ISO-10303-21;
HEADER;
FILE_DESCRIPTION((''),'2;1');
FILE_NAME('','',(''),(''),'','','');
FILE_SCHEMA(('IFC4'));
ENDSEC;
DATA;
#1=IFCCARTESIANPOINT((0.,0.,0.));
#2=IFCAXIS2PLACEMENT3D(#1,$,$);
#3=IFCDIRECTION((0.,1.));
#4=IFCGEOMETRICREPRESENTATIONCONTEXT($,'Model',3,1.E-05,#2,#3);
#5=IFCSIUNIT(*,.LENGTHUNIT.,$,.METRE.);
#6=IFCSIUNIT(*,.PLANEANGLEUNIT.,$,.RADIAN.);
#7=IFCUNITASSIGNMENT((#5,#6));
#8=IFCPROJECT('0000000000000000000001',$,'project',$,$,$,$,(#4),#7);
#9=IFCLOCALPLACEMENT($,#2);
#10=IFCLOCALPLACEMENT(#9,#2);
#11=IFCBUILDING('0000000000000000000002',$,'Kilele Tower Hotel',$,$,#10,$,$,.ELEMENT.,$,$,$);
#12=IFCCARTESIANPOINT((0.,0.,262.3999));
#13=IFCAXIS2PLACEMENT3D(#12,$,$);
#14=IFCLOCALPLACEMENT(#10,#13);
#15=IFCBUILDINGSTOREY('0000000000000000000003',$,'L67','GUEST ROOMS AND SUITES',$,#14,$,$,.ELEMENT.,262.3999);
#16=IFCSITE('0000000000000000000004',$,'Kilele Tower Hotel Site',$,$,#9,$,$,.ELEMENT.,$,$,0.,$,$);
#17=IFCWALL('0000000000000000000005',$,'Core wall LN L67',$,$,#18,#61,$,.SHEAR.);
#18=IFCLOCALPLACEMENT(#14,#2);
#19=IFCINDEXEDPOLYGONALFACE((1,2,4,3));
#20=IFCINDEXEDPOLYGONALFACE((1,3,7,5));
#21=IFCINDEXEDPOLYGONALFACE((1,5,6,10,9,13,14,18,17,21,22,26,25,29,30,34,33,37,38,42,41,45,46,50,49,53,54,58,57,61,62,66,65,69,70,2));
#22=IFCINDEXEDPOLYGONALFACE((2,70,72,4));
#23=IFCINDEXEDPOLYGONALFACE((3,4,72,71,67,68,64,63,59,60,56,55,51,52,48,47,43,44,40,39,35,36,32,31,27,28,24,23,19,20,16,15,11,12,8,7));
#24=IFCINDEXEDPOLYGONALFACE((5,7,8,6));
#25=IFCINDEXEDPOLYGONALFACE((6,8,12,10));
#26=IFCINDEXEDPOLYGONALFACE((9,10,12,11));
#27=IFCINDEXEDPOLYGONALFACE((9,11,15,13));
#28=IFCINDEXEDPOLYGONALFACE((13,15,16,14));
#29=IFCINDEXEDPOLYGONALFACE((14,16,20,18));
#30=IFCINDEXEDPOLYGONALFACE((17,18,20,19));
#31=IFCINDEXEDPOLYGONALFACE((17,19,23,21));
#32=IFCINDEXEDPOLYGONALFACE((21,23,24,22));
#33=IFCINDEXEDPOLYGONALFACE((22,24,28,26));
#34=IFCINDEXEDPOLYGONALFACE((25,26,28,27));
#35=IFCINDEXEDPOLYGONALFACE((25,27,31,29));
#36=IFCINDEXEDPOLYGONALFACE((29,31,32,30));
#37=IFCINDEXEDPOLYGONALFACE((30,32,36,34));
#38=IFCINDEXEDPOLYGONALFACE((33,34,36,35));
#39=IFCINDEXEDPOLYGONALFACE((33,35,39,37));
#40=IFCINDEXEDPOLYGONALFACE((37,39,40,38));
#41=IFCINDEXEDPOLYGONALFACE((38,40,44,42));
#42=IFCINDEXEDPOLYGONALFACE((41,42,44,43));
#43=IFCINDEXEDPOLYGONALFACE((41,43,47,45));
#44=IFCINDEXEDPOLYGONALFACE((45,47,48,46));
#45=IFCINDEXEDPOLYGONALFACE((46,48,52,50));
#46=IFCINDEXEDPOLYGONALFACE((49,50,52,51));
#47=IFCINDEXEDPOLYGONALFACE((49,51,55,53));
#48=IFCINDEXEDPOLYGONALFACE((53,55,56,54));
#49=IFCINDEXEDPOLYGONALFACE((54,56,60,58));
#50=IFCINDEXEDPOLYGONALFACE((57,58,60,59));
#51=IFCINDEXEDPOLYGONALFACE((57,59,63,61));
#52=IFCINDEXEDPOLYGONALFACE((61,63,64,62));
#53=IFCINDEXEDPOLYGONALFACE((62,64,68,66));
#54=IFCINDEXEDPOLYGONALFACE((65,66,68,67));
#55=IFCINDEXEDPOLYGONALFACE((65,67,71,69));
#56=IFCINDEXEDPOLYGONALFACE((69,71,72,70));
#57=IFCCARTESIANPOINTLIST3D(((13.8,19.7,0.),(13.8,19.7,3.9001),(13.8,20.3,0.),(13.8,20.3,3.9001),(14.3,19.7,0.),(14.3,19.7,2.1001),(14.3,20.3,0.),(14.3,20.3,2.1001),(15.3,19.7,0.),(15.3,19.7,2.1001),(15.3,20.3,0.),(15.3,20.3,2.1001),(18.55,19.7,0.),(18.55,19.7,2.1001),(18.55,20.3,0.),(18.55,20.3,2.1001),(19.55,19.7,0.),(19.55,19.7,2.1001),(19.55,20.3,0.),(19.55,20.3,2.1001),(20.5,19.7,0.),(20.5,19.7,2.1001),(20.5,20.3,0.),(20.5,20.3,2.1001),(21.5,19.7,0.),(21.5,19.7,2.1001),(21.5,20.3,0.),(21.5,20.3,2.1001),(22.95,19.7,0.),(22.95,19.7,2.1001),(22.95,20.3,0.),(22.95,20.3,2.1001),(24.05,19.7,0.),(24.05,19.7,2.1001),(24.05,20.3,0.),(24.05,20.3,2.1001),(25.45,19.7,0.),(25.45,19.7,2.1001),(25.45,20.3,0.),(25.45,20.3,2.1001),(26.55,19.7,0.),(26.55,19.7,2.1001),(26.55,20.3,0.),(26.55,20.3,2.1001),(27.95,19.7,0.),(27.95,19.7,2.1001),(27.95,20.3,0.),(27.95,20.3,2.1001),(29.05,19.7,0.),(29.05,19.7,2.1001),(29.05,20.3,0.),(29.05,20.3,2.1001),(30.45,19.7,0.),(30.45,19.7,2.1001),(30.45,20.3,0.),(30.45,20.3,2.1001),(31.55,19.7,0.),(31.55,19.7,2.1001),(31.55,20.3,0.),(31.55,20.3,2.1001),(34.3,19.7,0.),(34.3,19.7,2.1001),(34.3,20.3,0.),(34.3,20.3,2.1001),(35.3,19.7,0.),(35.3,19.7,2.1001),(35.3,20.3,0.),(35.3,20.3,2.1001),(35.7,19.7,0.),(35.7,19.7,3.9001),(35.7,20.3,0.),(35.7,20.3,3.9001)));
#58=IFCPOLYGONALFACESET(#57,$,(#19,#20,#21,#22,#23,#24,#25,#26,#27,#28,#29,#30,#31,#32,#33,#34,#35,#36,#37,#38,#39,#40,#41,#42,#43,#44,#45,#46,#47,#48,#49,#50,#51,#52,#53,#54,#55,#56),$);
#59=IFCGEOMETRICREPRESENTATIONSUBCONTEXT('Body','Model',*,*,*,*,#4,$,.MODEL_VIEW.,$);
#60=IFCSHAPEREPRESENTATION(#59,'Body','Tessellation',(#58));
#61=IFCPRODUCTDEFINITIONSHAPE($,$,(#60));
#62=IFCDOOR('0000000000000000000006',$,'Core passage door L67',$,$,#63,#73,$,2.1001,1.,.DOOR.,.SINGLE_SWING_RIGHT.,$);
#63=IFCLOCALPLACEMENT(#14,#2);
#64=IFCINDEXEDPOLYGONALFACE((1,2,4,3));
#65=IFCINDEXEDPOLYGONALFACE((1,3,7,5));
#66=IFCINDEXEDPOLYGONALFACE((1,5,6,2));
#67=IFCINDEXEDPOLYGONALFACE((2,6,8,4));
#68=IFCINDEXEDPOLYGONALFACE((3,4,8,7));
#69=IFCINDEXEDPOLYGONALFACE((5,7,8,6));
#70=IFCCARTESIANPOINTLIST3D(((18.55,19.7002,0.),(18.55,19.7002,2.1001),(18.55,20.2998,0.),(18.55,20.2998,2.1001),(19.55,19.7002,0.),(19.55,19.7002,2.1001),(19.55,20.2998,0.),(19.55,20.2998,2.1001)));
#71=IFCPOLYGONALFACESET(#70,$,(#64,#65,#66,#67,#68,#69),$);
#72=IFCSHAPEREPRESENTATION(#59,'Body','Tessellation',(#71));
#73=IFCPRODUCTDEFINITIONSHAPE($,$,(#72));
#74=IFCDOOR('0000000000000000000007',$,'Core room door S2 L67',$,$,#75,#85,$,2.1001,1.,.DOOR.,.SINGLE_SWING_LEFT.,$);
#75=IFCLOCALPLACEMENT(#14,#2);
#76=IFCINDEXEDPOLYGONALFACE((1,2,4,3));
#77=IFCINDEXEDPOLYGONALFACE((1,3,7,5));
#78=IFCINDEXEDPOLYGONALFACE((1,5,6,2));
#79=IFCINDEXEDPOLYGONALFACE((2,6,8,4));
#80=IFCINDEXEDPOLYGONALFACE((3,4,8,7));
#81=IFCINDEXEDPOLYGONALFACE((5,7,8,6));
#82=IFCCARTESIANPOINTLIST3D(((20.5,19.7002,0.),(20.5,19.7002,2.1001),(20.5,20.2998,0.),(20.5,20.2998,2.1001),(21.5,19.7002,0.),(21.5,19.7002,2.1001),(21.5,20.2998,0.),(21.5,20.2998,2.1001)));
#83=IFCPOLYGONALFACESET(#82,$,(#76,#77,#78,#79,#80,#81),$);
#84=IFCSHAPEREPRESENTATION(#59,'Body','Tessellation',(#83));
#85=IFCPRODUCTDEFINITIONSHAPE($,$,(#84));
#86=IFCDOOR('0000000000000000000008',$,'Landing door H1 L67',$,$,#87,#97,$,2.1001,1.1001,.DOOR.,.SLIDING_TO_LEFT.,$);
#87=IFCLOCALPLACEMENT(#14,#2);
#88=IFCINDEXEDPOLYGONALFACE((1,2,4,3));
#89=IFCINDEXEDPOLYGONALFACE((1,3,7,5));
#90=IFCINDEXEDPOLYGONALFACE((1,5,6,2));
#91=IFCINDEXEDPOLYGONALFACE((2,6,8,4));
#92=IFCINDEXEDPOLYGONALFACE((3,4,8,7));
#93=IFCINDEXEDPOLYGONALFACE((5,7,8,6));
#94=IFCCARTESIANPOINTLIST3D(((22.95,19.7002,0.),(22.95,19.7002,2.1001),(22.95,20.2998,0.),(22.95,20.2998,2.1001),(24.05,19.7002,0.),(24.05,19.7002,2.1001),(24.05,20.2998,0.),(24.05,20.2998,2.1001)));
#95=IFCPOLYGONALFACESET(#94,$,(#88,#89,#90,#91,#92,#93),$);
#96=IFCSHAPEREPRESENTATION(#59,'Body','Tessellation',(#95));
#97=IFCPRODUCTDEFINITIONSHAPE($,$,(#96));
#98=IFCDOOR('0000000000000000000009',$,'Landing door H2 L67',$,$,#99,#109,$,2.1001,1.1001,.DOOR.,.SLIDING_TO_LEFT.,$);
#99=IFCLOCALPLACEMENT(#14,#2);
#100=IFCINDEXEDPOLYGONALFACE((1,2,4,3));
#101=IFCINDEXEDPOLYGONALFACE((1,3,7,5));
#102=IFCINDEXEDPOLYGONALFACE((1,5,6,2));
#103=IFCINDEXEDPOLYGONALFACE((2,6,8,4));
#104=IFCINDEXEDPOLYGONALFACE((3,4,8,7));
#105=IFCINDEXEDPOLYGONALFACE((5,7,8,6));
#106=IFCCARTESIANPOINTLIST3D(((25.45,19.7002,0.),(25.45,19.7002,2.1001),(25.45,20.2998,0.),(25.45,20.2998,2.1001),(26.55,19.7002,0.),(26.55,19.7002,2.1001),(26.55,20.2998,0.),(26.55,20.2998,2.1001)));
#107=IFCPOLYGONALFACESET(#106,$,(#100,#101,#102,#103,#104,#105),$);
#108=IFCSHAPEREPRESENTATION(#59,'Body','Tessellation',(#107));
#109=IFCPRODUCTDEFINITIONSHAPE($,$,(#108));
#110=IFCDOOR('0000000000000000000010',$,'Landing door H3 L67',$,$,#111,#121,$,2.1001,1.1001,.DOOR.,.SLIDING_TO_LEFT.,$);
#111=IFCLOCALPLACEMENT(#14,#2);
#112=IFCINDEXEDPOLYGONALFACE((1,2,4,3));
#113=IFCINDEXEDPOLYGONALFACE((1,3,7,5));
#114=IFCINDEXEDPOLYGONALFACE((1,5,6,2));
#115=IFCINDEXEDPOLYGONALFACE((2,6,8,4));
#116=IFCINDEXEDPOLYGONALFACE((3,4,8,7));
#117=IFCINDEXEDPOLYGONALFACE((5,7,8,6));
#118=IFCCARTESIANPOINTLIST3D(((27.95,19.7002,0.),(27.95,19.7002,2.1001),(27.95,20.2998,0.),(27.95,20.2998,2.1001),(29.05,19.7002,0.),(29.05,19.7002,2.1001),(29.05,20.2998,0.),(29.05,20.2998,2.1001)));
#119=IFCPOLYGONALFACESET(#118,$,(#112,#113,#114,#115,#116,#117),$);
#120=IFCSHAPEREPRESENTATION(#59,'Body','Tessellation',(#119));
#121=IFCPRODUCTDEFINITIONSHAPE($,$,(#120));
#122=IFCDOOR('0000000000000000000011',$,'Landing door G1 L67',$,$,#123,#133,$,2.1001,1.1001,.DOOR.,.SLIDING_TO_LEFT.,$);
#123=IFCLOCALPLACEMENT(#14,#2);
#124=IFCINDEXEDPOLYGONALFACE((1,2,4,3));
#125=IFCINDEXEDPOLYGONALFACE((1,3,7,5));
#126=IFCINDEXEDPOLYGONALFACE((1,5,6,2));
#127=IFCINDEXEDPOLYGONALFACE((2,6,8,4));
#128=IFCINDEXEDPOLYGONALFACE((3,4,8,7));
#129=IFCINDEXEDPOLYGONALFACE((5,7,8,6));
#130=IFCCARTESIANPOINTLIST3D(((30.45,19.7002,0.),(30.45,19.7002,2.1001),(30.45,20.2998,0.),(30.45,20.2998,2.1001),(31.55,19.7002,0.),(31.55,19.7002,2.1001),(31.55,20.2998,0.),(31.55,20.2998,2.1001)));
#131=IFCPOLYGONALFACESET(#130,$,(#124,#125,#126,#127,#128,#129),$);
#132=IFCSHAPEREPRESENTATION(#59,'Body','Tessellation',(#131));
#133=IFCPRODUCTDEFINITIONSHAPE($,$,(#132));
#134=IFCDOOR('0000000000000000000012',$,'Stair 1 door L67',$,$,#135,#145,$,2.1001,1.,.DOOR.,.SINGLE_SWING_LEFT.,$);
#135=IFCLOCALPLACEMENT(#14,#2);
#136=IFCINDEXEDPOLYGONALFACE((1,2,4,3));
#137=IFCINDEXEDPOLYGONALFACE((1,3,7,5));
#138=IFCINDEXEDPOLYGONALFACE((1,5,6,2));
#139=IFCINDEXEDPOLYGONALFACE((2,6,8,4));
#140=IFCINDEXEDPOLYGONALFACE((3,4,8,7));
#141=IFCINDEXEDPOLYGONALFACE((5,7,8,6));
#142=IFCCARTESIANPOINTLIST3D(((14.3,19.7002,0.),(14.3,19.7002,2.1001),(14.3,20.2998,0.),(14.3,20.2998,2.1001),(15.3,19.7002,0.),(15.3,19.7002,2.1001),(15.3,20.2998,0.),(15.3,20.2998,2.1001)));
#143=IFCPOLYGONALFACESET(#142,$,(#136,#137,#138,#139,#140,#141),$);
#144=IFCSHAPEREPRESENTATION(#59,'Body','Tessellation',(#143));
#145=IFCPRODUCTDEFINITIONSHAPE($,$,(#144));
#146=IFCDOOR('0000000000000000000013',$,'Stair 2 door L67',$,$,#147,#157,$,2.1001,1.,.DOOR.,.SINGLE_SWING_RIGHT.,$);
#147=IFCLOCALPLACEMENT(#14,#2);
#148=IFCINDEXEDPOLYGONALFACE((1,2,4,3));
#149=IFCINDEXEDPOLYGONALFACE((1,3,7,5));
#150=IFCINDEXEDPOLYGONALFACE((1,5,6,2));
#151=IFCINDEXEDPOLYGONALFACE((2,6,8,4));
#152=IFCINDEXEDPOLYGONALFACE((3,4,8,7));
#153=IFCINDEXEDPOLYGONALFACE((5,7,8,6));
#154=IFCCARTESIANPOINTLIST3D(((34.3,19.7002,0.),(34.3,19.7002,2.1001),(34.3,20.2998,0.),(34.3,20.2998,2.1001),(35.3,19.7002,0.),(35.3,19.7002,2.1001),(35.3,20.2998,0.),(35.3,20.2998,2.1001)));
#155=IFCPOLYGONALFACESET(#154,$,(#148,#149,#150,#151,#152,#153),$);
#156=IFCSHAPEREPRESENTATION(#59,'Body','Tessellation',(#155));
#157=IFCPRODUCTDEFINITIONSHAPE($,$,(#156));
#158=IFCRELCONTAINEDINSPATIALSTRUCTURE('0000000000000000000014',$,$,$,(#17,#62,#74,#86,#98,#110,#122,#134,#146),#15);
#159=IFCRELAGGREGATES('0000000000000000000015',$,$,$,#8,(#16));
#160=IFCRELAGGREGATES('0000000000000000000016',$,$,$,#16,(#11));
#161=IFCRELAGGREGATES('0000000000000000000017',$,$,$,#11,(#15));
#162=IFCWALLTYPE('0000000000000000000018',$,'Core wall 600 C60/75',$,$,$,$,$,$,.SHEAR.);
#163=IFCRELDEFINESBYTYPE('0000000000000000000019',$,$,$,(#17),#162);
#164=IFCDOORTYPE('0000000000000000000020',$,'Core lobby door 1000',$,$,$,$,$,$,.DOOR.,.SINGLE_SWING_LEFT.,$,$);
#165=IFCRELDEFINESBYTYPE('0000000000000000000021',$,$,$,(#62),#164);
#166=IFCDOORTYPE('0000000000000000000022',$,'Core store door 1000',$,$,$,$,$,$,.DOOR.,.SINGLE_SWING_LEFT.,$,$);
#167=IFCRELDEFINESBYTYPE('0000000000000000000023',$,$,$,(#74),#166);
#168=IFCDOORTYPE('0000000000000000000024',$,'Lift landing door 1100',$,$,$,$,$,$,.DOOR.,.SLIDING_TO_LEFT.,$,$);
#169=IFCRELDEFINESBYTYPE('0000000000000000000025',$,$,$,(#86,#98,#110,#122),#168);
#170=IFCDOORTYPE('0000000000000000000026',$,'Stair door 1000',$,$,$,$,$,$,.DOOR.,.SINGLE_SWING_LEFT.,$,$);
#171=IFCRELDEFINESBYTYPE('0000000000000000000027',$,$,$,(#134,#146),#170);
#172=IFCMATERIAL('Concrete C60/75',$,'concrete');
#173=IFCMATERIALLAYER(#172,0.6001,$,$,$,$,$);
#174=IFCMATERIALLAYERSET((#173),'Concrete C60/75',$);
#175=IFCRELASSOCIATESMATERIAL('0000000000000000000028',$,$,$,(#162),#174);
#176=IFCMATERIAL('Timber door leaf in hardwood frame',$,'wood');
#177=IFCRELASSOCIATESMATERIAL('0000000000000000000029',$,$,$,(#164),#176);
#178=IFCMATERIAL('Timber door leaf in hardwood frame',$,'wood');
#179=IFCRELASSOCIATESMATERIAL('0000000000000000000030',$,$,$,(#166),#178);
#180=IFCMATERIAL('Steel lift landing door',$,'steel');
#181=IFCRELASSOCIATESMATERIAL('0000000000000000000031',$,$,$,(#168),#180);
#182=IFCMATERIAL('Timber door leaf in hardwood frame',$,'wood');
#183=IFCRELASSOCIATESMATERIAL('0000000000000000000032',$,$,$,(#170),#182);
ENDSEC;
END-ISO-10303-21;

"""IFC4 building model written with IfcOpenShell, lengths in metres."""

from ifc_helpers import new_model, si_unit, direction, frame, frame_2d, origin, place, context, subcontext, project, spatial, rectangle, extrude, material, layer, layer_set, type_object, element, fill, save


model = new_model("IFC4")

# Units and contexts
model_context = context("Model", 3, precision=1e-05, world=origin(), true_north=direction((0.0, 1.0)))
body_context = subcontext(model_context, "Body", "Model", "MODEL_VIEW")
ifc_project = project(units=[si_unit("LENGTHUNIT", "METRE"), si_unit("PLANEANGLEUNIT", "RADIAN")], contexts=[model_context])

# Site, building, storey
site_placement = place(None, origin())
site = spatial("IfcSite", under=ifc_project, at=site_placement, Name="Kilele Tower Hotel Site", CompositionType="ELEMENT", RefElevation=0.0)
building_placement = place(site_placement, origin())
building = spatial("IfcBuilding", under=site, at=building_placement, Name="Kilele Tower Hotel", CompositionType="ELEMENT")
storey_placement = place(building_placement, frame((0.0, 0.0, 262.3999)))
storey = spatial("IfcBuildingStorey", under=building, at=storey_placement, Name="L67", Description="GUEST ROOMS AND SUITES", CompositionType="ELEMENT", Elevation=262.3999)

# Wall, openings, doors
ifc_material_1 = material(Name="Concrete C60/75", Category="concrete")
ifc_layer_1 = layer(ifc_material_1, 0.6001)
ifc_layer_set_1 = layer_set([ifc_layer_1], Name="Concrete C60/75")
wall_type_1 = type_object("IfcWallType", Name="Core wall 600 C60/75", PredefinedType="SHEAR", material=ifc_layer_set_1)
wall_1_placement = place(storey_placement, frame((13.8, 20.0, 0.0), z_axis=(0.0, 0.0, 1.0), x_axis=(1.0, 0.0, 0.0)))
wall_1 = element("IfcWall", 1, at=wall_1_placement, inside=storey, type_object=wall_type_1, Name="Core wall LN L67", PredefinedType="SHEAR", context=body_context, shape_type="SweptSolid", body=[
    extrude(rectangle(XDim=21.8999, YDim=0.6001, at=frame_2d((10.95, 0.0))), origin(), (0.0, 0.0, 1.0), 3.9001),
])
opening_1_placement = place(wall_1_placement, frame((0.5, 0.0, 0.0)))
opening_1 = element("IfcOpeningElement", 2, at=opening_1_placement, cuts=wall_1, PredefinedType="OPENING", context=body_context, shape_type="SweptSolid", body=[
    extrude(rectangle(XDim=1.0, YDim=2.1001, at=frame_2d((0.5, 1.05))), frame((0.0, 0.3101, 0.0), z_axis=(0.0, -1.0, 0.0), x_axis=(1.0, 0.0, 0.0)), (0.0, 0.0, 1.0), 0.6201),
])
opening_2_placement = place(wall_1_placement, frame((20.5, 0.0, 0.0)))
opening_2 = element("IfcOpeningElement", 3, at=opening_2_placement, cuts=wall_1, PredefinedType="OPENING", context=body_context, shape_type="SweptSolid", body=[
    extrude(rectangle(XDim=1.0, YDim=2.1001, at=frame_2d((0.5, 1.05))), frame((0.0, 0.3101, 0.0), z_axis=(0.0, -1.0, 0.0), x_axis=(1.0, 0.0, 0.0)), (0.0, 0.0, 1.0), 0.6201),
])
opening_3_placement = place(wall_1_placement, frame((9.1499, 0.0, 0.0)))
opening_3 = element("IfcOpeningElement", 4, at=opening_3_placement, cuts=wall_1, PredefinedType="OPENING", context=body_context, shape_type="SweptSolid", body=[
    extrude(rectangle(XDim=1.1001, YDim=2.1001, at=frame_2d((0.55, 1.05))), frame((0.0, 0.3101, 0.0), z_axis=(0.0, -1.0, 0.0), x_axis=(1.0, 0.0, 0.0)), (0.0, 0.0, 1.0), 0.6201),
])
opening_4_placement = place(wall_1_placement, frame((11.6499, 0.0, 0.0)))
opening_4 = element("IfcOpeningElement", 5, at=opening_4_placement, cuts=wall_1, PredefinedType="OPENING", context=body_context, shape_type="SweptSolid", body=[
    extrude(rectangle(XDim=1.1001, YDim=2.1001, at=frame_2d((0.55, 1.05))), frame((0.0, 0.3101, 0.0), z_axis=(0.0, -1.0, 0.0), x_axis=(1.0, 0.0, 0.0)), (0.0, 0.0, 1.0), 0.6201),
])
opening_5_placement = place(wall_1_placement, frame((14.1499, 0.0, 0.0)))
opening_5 = element("IfcOpeningElement", 6, at=opening_5_placement, cuts=wall_1, PredefinedType="OPENING", context=body_context, shape_type="SweptSolid", body=[
    extrude(rectangle(XDim=1.1001, YDim=2.1001, at=frame_2d((0.55, 1.05))), frame((0.0, 0.3101, 0.0), z_axis=(0.0, -1.0, 0.0), x_axis=(1.0, 0.0, 0.0)), (0.0, 0.0, 1.0), 0.6201),
])
opening_6_placement = place(wall_1_placement, frame((16.6499, 0.0, 0.0)))
opening_6 = element("IfcOpeningElement", 7, at=opening_6_placement, cuts=wall_1, PredefinedType="OPENING", context=body_context, shape_type="SweptSolid", body=[
    extrude(rectangle(XDim=1.1001, YDim=2.1001, at=frame_2d((0.55, 1.05))), frame((0.0, 0.3101, 0.0), z_axis=(0.0, -1.0, 0.0), x_axis=(1.0, 0.0, 0.0)), (0.0, 0.0, 1.0), 0.6201),
])
opening_7_placement = place(wall_1_placement, frame((5.75, 0.0, 0.0), z_axis=(0.0, 0.0, 1.0), x_axis=(-1.0, 0.0, 0.0)))
opening_7 = element("IfcOpeningElement", 8, at=opening_7_placement, cuts=wall_1, PredefinedType="OPENING", context=body_context, shape_type="SweptSolid", body=[
    extrude(rectangle(XDim=1.0, YDim=2.1001, at=frame_2d((0.5, 1.05))), frame((0.0, 0.3101, 0.0), z_axis=(0.0, -1.0, 0.0), x_axis=(1.0, 0.0, 0.0)), (0.0, 0.0, 1.0), 0.6201),
])
opening_8_placement = place(wall_1_placement, frame((6.7, 0.0, 0.0)))
opening_8 = element("IfcOpeningElement", 9, at=opening_8_placement, cuts=wall_1, PredefinedType="OPENING", context=body_context, shape_type="SweptSolid", body=[
    extrude(rectangle(XDim=1.0, YDim=2.1001, at=frame_2d((0.5, 1.05))), frame((0.0, 0.3101, 0.0), z_axis=(0.0, -1.0, 0.0), x_axis=(1.0, 0.0, 0.0)), (0.0, 0.0, 1.0), 0.6201),
])
ifc_material_2 = material(Name="Timber door leaf in hardwood frame", Category="wood")
door_type_1 = type_object("IfcDoorType", Name="Core lobby door 1000", OperationType="SINGLE_SWING_LEFT", PredefinedType="DOOR", material=ifc_material_2)
door_1_placement = place(opening_7_placement, origin())
door_1 = element("IfcDoor", 10, at=door_1_placement, inside=storey, type_object=door_type_1, Name="Core passage door L67", OperationType="SINGLE_SWING_RIGHT", OverallHeight=2.1001, OverallWidth=1.0, PredefinedType="DOOR", context=body_context, shape_type="SweptSolid", body=[
    extrude(rectangle(XDim=1.0, YDim=2.1001, at=frame_2d((0.5, 1.05))), frame((0.0, 0.2998, 0.0), z_axis=(0.0, -1.0, 0.0), x_axis=(1.0, 0.0, 0.0)), (0.0, 0.0, 1.0), 0.5996),
])
fill(opening_7, door_1)
ifc_material_3 = material(Name="Timber door leaf in hardwood frame", Category="wood")
door_type_2 = type_object("IfcDoorType", Name="Core store door 1000", OperationType="SINGLE_SWING_LEFT", PredefinedType="DOOR", material=ifc_material_3)
door_2_placement = place(opening_8_placement, origin())
door_2 = element("IfcDoor", 11, at=door_2_placement, inside=storey, type_object=door_type_2, Name="Core room door S2 L67", OperationType="SINGLE_SWING_LEFT", OverallHeight=2.1001, OverallWidth=1.0, PredefinedType="DOOR", context=body_context, shape_type="SweptSolid", body=[
    extrude(rectangle(XDim=1.0, YDim=2.1001, at=frame_2d((0.5, 1.05))), frame((0.0, 0.2998, 0.0), z_axis=(0.0, -1.0, 0.0), x_axis=(1.0, 0.0, 0.0)), (0.0, 0.0, 1.0), 0.5996),
])
fill(opening_8, door_2)
ifc_material_4 = material(Name="Steel lift landing door", Category="steel")
door_type_3 = type_object("IfcDoorType", Name="Lift landing door 1100", OperationType="SLIDING_TO_LEFT", PredefinedType="DOOR", material=ifc_material_4)
door_3_placement = place(opening_3_placement, origin())
door_3 = element("IfcDoor", 12, at=door_3_placement, inside=storey, type_object=door_type_3, Name="Landing door H1 L67", OperationType="SLIDING_TO_LEFT", OverallHeight=2.1001, OverallWidth=1.1001, PredefinedType="DOOR", context=body_context, shape_type="SweptSolid", body=[
    extrude(rectangle(XDim=1.1001, YDim=2.1001, at=frame_2d((0.55, 1.05))), frame((0.0, 0.2998, 0.0), z_axis=(0.0, -1.0, 0.0), x_axis=(1.0, 0.0, 0.0)), (0.0, 0.0, 1.0), 0.5996),
])
fill(opening_3, door_3)
door_4_placement = place(opening_4_placement, origin())
door_4 = element("IfcDoor", 13, at=door_4_placement, inside=storey, type_object=door_type_3, Name="Landing door H2 L67", OperationType="SLIDING_TO_LEFT", OverallHeight=2.1001, OverallWidth=1.1001, PredefinedType="DOOR", context=body_context, shape_type="SweptSolid", body=[
    extrude(rectangle(XDim=1.1001, YDim=2.1001, at=frame_2d((0.55, 1.05))), frame((0.0, 0.2998, 0.0), z_axis=(0.0, -1.0, 0.0), x_axis=(1.0, 0.0, 0.0)), (0.0, 0.0, 1.0), 0.5996),
])
fill(opening_4, door_4)
door_5_placement = place(opening_5_placement, origin())
door_5 = element("IfcDoor", 14, at=door_5_placement, inside=storey, type_object=door_type_3, Name="Landing door H3 L67", OperationType="SLIDING_TO_LEFT", OverallHeight=2.1001, OverallWidth=1.1001, PredefinedType="DOOR", context=body_context, shape_type="SweptSolid", body=[
    extrude(rectangle(XDim=1.1001, YDim=2.1001, at=frame_2d((0.55, 1.05))), frame((0.0, 0.2998, 0.0), z_axis=(0.0, -1.0, 0.0), x_axis=(1.0, 0.0, 0.0)), (0.0, 0.0, 1.0), 0.5996),
])
fill(opening_5, door_5)
door_6_placement = place(opening_6_placement, origin())
door_6 = element("IfcDoor", 15, at=door_6_placement, inside=storey, type_object=door_type_3, Name="Landing door G1 L67", OperationType="SLIDING_TO_LEFT", OverallHeight=2.1001, OverallWidth=1.1001, PredefinedType="DOOR", context=body_context, shape_type="SweptSolid", body=[
    extrude(rectangle(XDim=1.1001, YDim=2.1001, at=frame_2d((0.55, 1.05))), frame((0.0, 0.2998, 0.0), z_axis=(0.0, -1.0, 0.0), x_axis=(1.0, 0.0, 0.0)), (0.0, 0.0, 1.0), 0.5996),
])
fill(opening_6, door_6)
ifc_material_5 = material(Name="Timber door leaf in hardwood frame", Category="wood")
door_type_4 = type_object("IfcDoorType", Name="Stair door 1000", OperationType="SINGLE_SWING_LEFT", PredefinedType="DOOR", material=ifc_material_5)
door_7_placement = place(opening_1_placement, origin())
door_7 = element("IfcDoor", 16, at=door_7_placement, inside=storey, type_object=door_type_4, Name="Stair 1 door L67", OperationType="SINGLE_SWING_LEFT", OverallHeight=2.1001, OverallWidth=1.0, PredefinedType="DOOR", context=body_context, shape_type="SweptSolid", body=[
    extrude(rectangle(XDim=1.0, YDim=2.1001, at=frame_2d((0.5, 1.05))), frame((0.0, 0.2998, 0.0), z_axis=(0.0, -1.0, 0.0), x_axis=(1.0, 0.0, 0.0)), (0.0, 0.0, 1.0), 0.5996),
])
fill(opening_1, door_7)
door_8_placement = place(opening_2_placement, origin())
door_8 = element("IfcDoor", 17, at=door_8_placement, inside=storey, type_object=door_type_4, Name="Stair 2 door L67", OperationType="SINGLE_SWING_RIGHT", OverallHeight=2.1001, OverallWidth=1.0, PredefinedType="DOOR", context=body_context, shape_type="SweptSolid", body=[
    extrude(rectangle(XDim=1.0, YDim=2.1001, at=frame_2d((0.5, 1.05))), frame((0.0, 0.2998, 0.0), z_axis=(0.0, -1.0, 0.0), x_axis=(1.0, 0.0, 0.0)), (0.0, 0.0, 1.0), 0.5996),
])
fill(opening_2, door_8)

save(model, "model.ifc")
